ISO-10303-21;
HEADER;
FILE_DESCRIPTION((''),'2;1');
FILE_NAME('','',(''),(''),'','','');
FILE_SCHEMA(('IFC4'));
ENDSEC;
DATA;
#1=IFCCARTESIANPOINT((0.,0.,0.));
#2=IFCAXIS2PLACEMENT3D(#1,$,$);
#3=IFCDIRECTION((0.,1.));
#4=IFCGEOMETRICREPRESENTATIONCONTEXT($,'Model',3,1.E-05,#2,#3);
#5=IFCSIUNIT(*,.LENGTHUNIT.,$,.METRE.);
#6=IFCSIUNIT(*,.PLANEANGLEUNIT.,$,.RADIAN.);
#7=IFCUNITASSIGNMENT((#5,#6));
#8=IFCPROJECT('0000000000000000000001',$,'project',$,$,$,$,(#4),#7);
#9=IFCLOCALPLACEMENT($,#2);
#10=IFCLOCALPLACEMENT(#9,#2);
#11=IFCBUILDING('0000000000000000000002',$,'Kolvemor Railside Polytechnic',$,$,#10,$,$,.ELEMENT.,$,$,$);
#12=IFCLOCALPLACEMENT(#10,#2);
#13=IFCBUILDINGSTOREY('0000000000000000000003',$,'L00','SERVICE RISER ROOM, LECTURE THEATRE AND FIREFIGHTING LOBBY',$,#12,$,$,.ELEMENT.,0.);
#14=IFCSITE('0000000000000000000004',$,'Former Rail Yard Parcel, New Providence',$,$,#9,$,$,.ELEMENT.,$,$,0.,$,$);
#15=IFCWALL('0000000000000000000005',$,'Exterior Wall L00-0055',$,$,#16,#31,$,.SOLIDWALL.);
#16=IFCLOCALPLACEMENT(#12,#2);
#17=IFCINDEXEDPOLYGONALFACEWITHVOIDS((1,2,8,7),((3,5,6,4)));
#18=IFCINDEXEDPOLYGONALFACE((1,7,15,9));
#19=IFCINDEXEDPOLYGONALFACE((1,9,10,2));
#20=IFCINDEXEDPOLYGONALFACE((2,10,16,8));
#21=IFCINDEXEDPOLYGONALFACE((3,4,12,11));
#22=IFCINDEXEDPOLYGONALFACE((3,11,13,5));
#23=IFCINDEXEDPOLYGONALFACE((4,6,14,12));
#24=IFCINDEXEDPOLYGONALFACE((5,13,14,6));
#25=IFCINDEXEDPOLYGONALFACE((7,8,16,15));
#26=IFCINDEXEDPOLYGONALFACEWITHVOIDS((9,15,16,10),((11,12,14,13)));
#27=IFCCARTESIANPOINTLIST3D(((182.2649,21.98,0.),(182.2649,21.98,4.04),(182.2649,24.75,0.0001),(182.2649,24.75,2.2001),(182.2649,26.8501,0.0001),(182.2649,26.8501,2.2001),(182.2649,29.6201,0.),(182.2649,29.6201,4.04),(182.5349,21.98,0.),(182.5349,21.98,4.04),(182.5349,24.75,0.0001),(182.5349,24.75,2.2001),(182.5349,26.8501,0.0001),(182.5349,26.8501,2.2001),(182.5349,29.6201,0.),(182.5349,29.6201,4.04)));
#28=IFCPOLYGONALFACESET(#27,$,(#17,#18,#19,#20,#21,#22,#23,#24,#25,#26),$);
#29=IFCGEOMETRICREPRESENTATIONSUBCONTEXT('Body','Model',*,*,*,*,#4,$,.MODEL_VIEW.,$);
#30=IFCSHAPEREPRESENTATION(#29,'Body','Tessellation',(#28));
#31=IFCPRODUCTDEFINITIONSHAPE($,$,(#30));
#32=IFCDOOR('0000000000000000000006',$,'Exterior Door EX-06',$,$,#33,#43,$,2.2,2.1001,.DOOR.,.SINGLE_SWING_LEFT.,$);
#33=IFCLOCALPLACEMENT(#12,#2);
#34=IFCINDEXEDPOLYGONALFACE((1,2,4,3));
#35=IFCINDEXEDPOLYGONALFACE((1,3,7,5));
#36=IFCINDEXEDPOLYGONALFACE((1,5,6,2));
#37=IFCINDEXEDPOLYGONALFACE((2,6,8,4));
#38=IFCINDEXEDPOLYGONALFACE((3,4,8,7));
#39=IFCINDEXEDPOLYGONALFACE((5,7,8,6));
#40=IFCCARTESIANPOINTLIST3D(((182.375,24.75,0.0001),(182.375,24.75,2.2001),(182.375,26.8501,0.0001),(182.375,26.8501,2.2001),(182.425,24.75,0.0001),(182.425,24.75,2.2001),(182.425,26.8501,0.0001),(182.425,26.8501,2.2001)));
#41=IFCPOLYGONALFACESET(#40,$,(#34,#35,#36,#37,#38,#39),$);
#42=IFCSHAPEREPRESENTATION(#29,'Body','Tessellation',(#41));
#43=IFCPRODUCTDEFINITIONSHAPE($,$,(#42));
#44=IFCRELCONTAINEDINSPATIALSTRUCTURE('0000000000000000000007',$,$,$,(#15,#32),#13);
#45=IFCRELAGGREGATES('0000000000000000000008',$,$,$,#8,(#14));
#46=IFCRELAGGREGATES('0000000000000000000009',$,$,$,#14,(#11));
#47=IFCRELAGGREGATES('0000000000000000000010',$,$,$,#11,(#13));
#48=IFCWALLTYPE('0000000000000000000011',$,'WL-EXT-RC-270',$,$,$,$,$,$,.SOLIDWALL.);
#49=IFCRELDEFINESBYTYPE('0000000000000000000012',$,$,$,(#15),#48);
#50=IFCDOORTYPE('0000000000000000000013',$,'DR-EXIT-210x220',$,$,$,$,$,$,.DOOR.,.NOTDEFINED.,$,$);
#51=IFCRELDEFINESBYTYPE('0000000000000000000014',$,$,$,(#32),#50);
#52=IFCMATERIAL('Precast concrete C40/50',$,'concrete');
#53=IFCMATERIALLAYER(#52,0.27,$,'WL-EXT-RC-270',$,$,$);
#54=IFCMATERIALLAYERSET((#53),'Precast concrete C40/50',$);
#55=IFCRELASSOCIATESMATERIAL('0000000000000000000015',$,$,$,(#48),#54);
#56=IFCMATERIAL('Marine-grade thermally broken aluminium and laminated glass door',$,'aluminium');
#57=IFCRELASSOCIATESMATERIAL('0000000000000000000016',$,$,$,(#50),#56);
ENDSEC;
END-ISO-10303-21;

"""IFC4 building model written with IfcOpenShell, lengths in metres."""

from ifc_helpers import new_model, si_unit, direction, frame, frame_2d, origin, place, context, subcontext, project, spatial, rectangle, extrude, material, layer, layer_set, type_object, element, fill, save


model = new_model("IFC4")

# Units and contexts
model_context = context("Model", 3, precision=1e-05, world=origin(), true_north=direction((0.0, 1.0)))
body_context = subcontext(model_context, "Body", "Model", "MODEL_VIEW")
ifc_project = project(units=[si_unit("LENGTHUNIT", "METRE"), si_unit("PLANEANGLEUNIT", "RADIAN")], contexts=[model_context])

# Site, building, storey
site_placement = place(None, origin())
site = spatial("IfcSite", under=ifc_project, at=site_placement, Name="Former Rail Yard Parcel, New Providence", CompositionType="ELEMENT", RefElevation=0.0)
building_placement = place(site_placement, origin())
building = spatial("IfcBuilding", under=site, at=building_placement, Name="Kolvemor Railside Polytechnic", CompositionType="ELEMENT")
storey_placement = place(building_placement, origin())
storey = spatial("IfcBuildingStorey", under=building, at=storey_placement, Name="L00", Description="SERVICE RISER ROOM, LECTURE THEATRE AND FIREFIGHTING LOBBY", CompositionType="ELEMENT", Elevation=0.0)

# Shared definitions
ifc_material_1 = material(Name="Precast concrete C40/50", Category="concrete")
ifc_layer = layer(ifc_material_1, 0.27, Name="WL-EXT-RC-270")
ifc_layer_set = layer_set([ifc_layer], Name="Precast concrete C40/50")
wall_type = type_object("IfcWallType", Name="WL-EXT-RC-270", PredefinedType="SOLIDWALL", material=ifc_layer_set)

# Wall, opening, door
wall_1_placement = place(storey_placement, frame((182.3999, 21.98, 0.0), z_axis=(0.0, 0.0, 1.0), x_axis=(0.0, 1.0, 0.0)))
wall_1 = element("IfcWall", 1, at=wall_1_placement, inside=storey, type_object=wall_type, Name="Exterior Wall L00-0055", PredefinedType="SOLIDWALL", context=body_context, shape_type="SweptSolid", body=[
    extrude(rectangle(XDim=7.6401, YDim=0.27, at=frame_2d((3.8201, 0.0))), origin(), (0.0, 0.0, 1.0), 4.04),
])
opening_1_placement = place(wall_1_placement, frame((2.77, 0.0, 0.0)))
opening_1 = element("IfcOpeningElement", 2, at=opening_1_placement, cuts=wall_1, PredefinedType="OPENING", context=body_context, shape_type="SweptSolid", body=[
    extrude(rectangle(XDim=2.1001, YDim=2.2, at=frame_2d((1.05, 1.1001))), frame((0.0, 0.145, 0.0), z_axis=(0.0, -1.0, 0.0), x_axis=(1.0, 0.0, 0.0)), (0.0, 0.0, 1.0), 0.29),
])
ifc_material_2 = material(Name="Marine-grade thermally broken aluminium and laminated glass door", Category="aluminium")
door_type = type_object("IfcDoorType", Name="DR-EXIT-210x220", OperationType="NOTDEFINED", PredefinedType="DOOR", material=ifc_material_2)
door_placement = place(opening_1_placement, origin())
door = element("IfcDoor", 3, at=door_placement, inside=storey, type_object=door_type, Name="Exterior Door EX-06", OperationType="SINGLE_SWING_LEFT", OverallHeight=2.2, OverallWidth=2.1001, PredefinedType="DOOR", context=body_context, shape_type="SweptSolid", body=[
    extrude(rectangle(XDim=2.1001, YDim=2.2, at=frame_2d((1.05, 1.1001))), frame((0.0, 0.0249, 0.0), z_axis=(0.0, -1.0, 0.0), x_axis=(1.0, 0.0, 0.0)), (0.0, 0.0, 1.0), 0.05),
])
fill(opening_1, door)

save(model, "model.ifc")
